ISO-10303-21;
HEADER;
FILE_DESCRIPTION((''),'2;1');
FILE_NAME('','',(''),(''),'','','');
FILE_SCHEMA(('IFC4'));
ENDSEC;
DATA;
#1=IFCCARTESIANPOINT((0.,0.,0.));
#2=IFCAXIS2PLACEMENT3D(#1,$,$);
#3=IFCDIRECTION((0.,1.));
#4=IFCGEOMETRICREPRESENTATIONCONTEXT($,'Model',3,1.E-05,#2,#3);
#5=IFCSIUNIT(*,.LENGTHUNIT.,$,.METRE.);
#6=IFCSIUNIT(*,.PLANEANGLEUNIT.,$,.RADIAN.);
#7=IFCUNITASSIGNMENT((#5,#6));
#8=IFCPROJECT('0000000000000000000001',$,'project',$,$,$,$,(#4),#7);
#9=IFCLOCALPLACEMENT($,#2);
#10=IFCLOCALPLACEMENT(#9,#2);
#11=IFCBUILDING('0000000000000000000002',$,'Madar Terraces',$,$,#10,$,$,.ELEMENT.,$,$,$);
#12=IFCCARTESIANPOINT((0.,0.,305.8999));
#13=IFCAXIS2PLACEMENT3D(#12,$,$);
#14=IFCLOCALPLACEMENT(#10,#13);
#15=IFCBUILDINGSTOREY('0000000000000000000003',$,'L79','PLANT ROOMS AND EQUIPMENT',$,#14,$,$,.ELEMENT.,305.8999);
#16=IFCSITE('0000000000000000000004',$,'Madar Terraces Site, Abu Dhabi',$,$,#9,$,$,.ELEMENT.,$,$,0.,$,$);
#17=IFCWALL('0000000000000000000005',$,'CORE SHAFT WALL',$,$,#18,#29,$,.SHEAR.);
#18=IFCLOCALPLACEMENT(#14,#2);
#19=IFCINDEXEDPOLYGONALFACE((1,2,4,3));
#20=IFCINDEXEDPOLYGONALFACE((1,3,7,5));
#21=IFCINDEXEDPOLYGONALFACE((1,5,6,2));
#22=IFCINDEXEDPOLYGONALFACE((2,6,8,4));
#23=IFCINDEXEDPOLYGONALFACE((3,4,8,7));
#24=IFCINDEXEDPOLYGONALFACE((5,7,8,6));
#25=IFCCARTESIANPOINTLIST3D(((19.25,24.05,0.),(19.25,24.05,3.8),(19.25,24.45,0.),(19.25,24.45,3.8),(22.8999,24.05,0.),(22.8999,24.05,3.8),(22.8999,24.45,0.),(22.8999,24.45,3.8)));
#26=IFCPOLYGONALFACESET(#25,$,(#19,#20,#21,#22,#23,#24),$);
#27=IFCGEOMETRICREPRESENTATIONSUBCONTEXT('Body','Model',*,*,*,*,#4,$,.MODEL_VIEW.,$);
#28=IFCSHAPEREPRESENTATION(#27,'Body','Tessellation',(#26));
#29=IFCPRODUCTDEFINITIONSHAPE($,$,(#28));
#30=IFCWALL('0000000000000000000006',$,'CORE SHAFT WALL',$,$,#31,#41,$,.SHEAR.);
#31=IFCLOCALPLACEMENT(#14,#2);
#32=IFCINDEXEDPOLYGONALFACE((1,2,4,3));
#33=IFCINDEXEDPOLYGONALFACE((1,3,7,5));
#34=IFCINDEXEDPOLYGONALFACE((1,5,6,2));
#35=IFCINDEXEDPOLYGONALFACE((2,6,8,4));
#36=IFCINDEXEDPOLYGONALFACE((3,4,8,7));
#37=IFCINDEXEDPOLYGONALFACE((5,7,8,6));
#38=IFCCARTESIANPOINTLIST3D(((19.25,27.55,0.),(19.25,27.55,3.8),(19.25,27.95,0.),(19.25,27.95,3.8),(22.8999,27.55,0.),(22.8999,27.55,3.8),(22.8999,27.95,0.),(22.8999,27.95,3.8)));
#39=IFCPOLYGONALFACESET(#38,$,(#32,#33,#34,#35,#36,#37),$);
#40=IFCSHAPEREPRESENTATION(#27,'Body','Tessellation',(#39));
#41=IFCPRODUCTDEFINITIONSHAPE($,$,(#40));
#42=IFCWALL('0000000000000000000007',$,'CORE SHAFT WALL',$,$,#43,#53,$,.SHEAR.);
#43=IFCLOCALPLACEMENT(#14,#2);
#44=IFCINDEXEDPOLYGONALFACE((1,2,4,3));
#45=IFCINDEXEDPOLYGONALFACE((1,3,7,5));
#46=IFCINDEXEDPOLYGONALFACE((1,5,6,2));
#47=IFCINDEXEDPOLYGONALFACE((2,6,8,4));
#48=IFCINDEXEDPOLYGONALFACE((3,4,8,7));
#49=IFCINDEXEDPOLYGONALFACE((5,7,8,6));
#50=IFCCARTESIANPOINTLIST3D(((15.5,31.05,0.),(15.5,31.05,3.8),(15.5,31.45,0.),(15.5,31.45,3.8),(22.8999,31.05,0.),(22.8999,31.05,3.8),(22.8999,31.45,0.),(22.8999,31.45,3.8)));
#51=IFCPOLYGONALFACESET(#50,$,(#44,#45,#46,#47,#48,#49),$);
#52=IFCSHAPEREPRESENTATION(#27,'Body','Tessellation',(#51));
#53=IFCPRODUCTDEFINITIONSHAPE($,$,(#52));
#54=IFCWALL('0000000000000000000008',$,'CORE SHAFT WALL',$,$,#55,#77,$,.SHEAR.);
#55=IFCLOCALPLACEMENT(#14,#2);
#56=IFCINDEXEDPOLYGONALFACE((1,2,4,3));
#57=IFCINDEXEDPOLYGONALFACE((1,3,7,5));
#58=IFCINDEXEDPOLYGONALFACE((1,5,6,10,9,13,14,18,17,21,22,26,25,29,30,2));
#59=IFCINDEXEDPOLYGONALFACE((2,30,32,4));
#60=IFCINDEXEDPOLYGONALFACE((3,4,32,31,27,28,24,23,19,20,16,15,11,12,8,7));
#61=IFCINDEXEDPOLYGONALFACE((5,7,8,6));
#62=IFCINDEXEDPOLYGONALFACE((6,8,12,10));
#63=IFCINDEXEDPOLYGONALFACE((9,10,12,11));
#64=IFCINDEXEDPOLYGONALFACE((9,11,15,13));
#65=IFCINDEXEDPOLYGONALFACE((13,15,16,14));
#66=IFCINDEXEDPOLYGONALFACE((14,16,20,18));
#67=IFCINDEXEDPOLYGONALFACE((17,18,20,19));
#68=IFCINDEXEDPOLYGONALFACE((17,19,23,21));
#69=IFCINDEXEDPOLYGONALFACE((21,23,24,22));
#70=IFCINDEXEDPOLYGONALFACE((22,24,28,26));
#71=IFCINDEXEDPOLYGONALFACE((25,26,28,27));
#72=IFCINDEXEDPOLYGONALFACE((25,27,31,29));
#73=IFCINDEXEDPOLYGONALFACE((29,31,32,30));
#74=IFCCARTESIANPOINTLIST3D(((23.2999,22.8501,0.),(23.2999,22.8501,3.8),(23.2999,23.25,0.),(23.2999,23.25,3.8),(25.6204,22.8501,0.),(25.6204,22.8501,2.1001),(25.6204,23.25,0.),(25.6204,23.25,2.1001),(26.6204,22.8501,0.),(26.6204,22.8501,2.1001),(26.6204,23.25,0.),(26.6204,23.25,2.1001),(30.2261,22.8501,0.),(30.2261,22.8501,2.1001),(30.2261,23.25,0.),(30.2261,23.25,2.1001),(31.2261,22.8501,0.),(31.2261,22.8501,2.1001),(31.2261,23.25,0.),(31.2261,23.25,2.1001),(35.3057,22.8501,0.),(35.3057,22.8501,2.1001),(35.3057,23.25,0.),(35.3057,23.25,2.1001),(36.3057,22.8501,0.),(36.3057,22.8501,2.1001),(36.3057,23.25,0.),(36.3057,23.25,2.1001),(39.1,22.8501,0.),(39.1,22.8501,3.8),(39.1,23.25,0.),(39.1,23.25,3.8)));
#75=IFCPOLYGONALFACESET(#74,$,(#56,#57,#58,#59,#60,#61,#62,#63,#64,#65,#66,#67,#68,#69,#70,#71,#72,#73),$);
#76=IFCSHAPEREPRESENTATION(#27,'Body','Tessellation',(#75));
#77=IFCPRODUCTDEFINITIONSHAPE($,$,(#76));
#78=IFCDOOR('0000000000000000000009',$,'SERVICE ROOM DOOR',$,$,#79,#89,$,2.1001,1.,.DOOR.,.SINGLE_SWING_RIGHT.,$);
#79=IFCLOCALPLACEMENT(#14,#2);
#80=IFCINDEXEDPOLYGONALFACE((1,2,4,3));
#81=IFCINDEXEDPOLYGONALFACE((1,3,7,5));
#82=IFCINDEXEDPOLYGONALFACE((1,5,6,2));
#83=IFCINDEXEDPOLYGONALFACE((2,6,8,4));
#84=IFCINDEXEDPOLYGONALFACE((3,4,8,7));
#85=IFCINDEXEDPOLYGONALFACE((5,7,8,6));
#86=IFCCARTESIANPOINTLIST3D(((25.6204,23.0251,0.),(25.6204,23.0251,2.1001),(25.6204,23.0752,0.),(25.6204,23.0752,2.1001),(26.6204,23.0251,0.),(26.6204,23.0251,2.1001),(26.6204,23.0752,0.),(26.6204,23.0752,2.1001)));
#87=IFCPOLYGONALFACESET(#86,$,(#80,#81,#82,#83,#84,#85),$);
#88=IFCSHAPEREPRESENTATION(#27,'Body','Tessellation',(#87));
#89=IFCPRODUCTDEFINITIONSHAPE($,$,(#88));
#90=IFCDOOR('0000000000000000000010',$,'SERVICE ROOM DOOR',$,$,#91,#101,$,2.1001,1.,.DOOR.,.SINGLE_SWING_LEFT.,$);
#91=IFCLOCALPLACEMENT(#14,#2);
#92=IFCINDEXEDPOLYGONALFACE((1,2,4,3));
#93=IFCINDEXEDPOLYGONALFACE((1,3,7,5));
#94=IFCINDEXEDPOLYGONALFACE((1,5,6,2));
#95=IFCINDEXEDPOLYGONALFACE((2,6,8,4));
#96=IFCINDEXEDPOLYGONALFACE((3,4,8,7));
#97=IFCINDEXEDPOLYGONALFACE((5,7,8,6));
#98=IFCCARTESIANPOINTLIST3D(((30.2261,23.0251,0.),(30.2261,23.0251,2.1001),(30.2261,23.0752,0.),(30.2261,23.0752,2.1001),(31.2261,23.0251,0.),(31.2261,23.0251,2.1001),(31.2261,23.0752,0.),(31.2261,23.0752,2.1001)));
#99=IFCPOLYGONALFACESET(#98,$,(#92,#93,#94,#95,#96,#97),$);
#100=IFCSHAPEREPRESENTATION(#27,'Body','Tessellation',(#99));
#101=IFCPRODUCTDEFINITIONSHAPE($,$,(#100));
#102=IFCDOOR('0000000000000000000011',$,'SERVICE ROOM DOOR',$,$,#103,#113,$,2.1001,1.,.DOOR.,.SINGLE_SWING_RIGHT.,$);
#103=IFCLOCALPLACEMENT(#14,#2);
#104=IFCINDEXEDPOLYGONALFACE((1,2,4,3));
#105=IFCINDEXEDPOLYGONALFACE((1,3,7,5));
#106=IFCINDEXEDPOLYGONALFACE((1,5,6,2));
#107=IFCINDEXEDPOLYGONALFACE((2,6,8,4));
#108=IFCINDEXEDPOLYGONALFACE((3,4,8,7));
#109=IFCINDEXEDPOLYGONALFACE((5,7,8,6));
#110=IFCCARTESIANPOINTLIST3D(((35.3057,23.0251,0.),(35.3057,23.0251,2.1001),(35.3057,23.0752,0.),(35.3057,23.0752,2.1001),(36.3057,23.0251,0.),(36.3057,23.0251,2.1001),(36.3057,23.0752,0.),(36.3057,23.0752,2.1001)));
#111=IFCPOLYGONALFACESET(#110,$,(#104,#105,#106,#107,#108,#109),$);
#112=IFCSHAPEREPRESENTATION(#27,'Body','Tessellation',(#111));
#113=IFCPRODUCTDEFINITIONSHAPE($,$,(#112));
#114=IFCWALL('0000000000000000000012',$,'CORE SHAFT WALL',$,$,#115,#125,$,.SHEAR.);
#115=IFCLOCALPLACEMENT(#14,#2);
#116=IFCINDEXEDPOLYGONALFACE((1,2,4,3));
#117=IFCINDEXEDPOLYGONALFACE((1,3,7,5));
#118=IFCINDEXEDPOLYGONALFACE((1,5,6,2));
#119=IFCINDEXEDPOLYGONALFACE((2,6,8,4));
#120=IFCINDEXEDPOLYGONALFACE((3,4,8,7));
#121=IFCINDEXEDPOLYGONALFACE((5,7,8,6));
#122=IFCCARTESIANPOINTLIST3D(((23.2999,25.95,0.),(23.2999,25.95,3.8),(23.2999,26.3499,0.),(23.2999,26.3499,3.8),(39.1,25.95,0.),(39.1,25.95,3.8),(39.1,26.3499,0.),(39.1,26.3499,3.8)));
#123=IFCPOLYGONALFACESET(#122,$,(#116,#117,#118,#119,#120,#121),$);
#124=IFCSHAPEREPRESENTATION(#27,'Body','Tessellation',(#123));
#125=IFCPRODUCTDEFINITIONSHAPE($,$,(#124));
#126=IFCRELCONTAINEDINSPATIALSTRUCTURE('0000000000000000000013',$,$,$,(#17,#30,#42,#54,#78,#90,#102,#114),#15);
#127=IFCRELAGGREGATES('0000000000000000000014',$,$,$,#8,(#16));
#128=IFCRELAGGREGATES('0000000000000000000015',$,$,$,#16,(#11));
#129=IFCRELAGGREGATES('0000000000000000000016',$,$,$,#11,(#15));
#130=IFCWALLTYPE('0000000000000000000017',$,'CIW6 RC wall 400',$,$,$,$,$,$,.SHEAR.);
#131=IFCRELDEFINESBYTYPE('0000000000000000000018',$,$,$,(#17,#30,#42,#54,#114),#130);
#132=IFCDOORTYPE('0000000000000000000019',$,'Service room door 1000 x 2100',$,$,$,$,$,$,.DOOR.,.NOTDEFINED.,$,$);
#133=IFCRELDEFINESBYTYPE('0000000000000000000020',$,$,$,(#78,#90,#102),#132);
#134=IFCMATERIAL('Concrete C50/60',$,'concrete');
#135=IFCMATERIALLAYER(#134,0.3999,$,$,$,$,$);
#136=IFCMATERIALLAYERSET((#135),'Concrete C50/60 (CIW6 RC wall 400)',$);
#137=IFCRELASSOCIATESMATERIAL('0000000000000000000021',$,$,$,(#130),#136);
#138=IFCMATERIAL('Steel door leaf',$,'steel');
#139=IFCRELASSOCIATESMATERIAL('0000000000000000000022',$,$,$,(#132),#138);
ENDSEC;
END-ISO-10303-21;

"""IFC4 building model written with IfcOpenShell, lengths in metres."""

from ifc_helpers import new_model, si_unit, direction, frame, frame_2d, origin, place, context, subcontext, project, spatial, rectangle, extrude, material, layer, layer_set, type_object, element, fill, save


model = new_model("IFC4")

# Units and contexts
model_context = context("Model", 3, precision=1e-05, world=origin(), true_north=direction((0.0, 1.0)))
body_context = subcontext(model_context, "Body", "Model", "MODEL_VIEW")
ifc_project = project(units=[si_unit("LENGTHUNIT", "METRE"), si_unit("PLANEANGLEUNIT", "RADIAN")], contexts=[model_context])

# Site, building, storey
site_placement = place(None, origin())
site = spatial("IfcSite", under=ifc_project, at=site_placement, Name="Madar Terraces Site, Abu Dhabi", CompositionType="ELEMENT", RefElevation=0.0)
building_placement = place(site_placement, origin())
building = spatial("IfcBuilding", under=site, at=building_placement, Name="Madar Terraces", CompositionType="ELEMENT")
storey_placement = place(building_placement, frame((0.0, 0.0, 305.8999)))
storey = spatial("IfcBuildingStorey", under=building, at=storey_placement, Name="L79", Description="PLANT ROOMS AND EQUIPMENT", CompositionType="ELEMENT", Elevation=305.8999)

# Walls
ifc_material_1 = material(Name="Concrete C50/60", Category="concrete")
ifc_layer_1 = layer(ifc_material_1, 0.3999)
ifc_layer_set_1 = layer_set([ifc_layer_1], Name="Concrete C50/60 (CIW6 RC wall 400)")
wall_type_1 = type_object("IfcWallType", Name="CIW6 RC wall 400", PredefinedType="SHEAR", material=ifc_layer_set_1)
for number, where, z_axis, x_axis, name in (
    (1, (19.25, 24.25, 0.0), (0.0, 0.0, 1.0), (1.0, 0.0, 0.0), "CORE SHAFT WALL"),
    (2, (19.25, 27.75, 0.0), (0.0, 0.0, 1.0), (1.0, 0.0, 0.0), "CORE SHAFT WALL"),
):
    element("IfcWall", number, at=place(storey_placement, frame(where, z_axis=z_axis, x_axis=x_axis)), inside=storey, type_object=wall_type_1, Name=name, PredefinedType="SHEAR", context=body_context, shape_type="SweptSolid", body=[
        extrude(rectangle(XDim=3.6499, YDim=0.3999, at=frame_2d((1.825, 0.0))), origin(), (0.0, 0.0, 1.0), 3.8),
    ])
wall_1_placement = place(storey_placement, frame((15.5, 31.25, 0.0), z_axis=(0.0, 0.0, 1.0), x_axis=(1.0, 0.0, 0.0)))
element("IfcWall", 3, at=wall_1_placement, inside=storey, type_object=wall_type_1, Name="CORE SHAFT WALL", PredefinedType="SHEAR", context=body_context, shape_type="SweptSolid", body=[
    extrude(rectangle(XDim=7.3999, YDim=0.3999, at=frame_2d((3.7, 0.0))), origin(), (0.0, 0.0, 1.0), 3.8),
])

# Wall, openings, doors
wall_2_placement = place(storey_placement, frame((23.3, 23.05, 0.0), z_axis=(0.0, 0.0, 1.0), x_axis=(1.0, 0.0, 0.0)))
wall_2 = element("IfcWall", 4, at=wall_2_placement, inside=storey, type_object=wall_type_1, Name="CORE SHAFT WALL", PredefinedType="SHEAR", context=body_context, shape_type="SweptSolid", body=[
    extrude(rectangle(XDim=15.8, YDim=0.3999, at=frame_2d((7.8999, 0.0))), origin(), (0.0, 0.0, 1.0), 3.8),
])
opening_1_placement = place(wall_2_placement, frame((2.3203, 0.0, 0.0)))
opening_1 = element("IfcOpeningElement", 5, at=opening_1_placement, cuts=wall_2, PredefinedType="OPENING", context=body_context, shape_type="SweptSolid", body=[
    extrude(rectangle(XDim=1.0, YDim=2.1001, at=frame_2d((0.5, 1.05))), frame((0.0, 0.21, 0.0), z_axis=(0.0, -1.0, 0.0), x_axis=(1.0, 0.0, 0.0)), (0.0, 0.0, 1.0), 0.4199),
])
opening_2_placement = place(wall_2_placement, frame((6.926, 0.0, 0.0)))
opening_2 = element("IfcOpeningElement", 6, at=opening_2_placement, cuts=wall_2, PredefinedType="OPENING", context=body_context, shape_type="SweptSolid", body=[
    extrude(rectangle(XDim=1.0, YDim=2.1001, at=frame_2d((0.5, 1.05))), frame((0.0, 0.21, 0.0), z_axis=(0.0, -1.0, 0.0), x_axis=(1.0, 0.0, 0.0)), (0.0, 0.0, 1.0), 0.4199),
])
opening_3_placement = place(wall_2_placement, frame((12.0056, 0.0, 0.0)))
opening_3 = element("IfcOpeningElement", 7, at=opening_3_placement, cuts=wall_2, PredefinedType="OPENING", context=body_context, shape_type="SweptSolid", body=[
    extrude(rectangle(XDim=1.0, YDim=2.1001, at=frame_2d((0.5, 1.05))), frame((0.0, 0.21, 0.0), z_axis=(0.0, -1.0, 0.0), x_axis=(1.0, 0.0, 0.0)), (0.0, 0.0, 1.0), 0.4199),
])
ifc_material_2 = material(Name="Steel door leaf", Category="steel")
door_type = type_object("IfcDoorType", Name="Service room door 1000 x 2100", OperationType="NOTDEFINED", PredefinedType="DOOR", material=ifc_material_2)
door_1_placement = place(opening_1_placement, frame((1.0, 0.0, 0.0), z_axis=(0.0, 0.0, 1.0), x_axis=(-1.0, 0.0, 0.0)))
door_1 = element("IfcDoor", 8, at=door_1_placement, inside=storey, type_object=door_type, Name="SERVICE ROOM DOOR", OperationType="SINGLE_SWING_RIGHT", OverallHeight=2.1001, OverallWidth=1.0, PredefinedType="DOOR", context=body_context, shape_type="SweptSolid", body=[
    extrude(rectangle(XDim=1.0, YDim=2.1001, at=frame_2d((0.5, 1.05))), frame((0.0, 0.0249, 0.0), z_axis=(0.0, -1.0, 0.0), x_axis=(1.0, 0.0, 0.0)), (0.0, 0.0, 1.0), 0.05),
])
fill(opening_1, door_1)
door_2_placement = place(opening_2_placement, frame((1.0, 0.0, 0.0), z_axis=(0.0, 0.0, 1.0), x_axis=(-1.0, 0.0, 0.0)))
door_2 = element("IfcDoor", 9, at=door_2_placement, inside=storey, type_object=door_type, Name="SERVICE ROOM DOOR", OperationType="SINGLE_SWING_LEFT", OverallHeight=2.1001, OverallWidth=1.0, PredefinedType="DOOR", context=body_context, shape_type="SweptSolid", body=[
    extrude(rectangle(XDim=1.0, YDim=2.1001, at=frame_2d((0.5, 1.05))), frame((0.0, 0.0249, 0.0), z_axis=(0.0, -1.0, 0.0), x_axis=(1.0, 0.0, 0.0)), (0.0, 0.0, 1.0), 0.05),
])
fill(opening_2, door_2)
door_3_placement = place(opening_3_placement, frame((1.0, 0.0, 0.0), z_axis=(0.0, 0.0, 1.0), x_axis=(-1.0, 0.0, 0.0)))
door_3 = element("IfcDoor", 10, at=door_3_placement, inside=storey, type_object=door_type, Name="SERVICE ROOM DOOR", OperationType="SINGLE_SWING_RIGHT", OverallHeight=2.1001, OverallWidth=1.0, PredefinedType="DOOR", context=body_context, shape_type="SweptSolid", body=[
    extrude(rectangle(XDim=1.0, YDim=2.1001, at=frame_2d((0.5, 1.05))), frame((0.0, 0.0249, 0.0), z_axis=(0.0, -1.0, 0.0), x_axis=(1.0, 0.0, 0.0)), (0.0, 0.0, 1.0), 0.05),
])
fill(opening_3, door_3)

# Wall
wall_3_placement = place(storey_placement, frame((23.3, 26.1499, 0.0), z_axis=(0.0, 0.0, 1.0), x_axis=(1.0, 0.0, 0.0)))
element("IfcWall", 11, at=wall_3_placement, inside=storey, type_object=wall_type_1, Name="CORE SHAFT WALL", PredefinedType="SHEAR", context=body_context, shape_type="SweptSolid", body=[
    extrude(rectangle(XDim=15.8, YDim=0.3999, at=frame_2d((7.8999, 0.0))), origin(), (0.0, 0.0, 1.0), 3.8),
])

save(model, "model.ifc")
